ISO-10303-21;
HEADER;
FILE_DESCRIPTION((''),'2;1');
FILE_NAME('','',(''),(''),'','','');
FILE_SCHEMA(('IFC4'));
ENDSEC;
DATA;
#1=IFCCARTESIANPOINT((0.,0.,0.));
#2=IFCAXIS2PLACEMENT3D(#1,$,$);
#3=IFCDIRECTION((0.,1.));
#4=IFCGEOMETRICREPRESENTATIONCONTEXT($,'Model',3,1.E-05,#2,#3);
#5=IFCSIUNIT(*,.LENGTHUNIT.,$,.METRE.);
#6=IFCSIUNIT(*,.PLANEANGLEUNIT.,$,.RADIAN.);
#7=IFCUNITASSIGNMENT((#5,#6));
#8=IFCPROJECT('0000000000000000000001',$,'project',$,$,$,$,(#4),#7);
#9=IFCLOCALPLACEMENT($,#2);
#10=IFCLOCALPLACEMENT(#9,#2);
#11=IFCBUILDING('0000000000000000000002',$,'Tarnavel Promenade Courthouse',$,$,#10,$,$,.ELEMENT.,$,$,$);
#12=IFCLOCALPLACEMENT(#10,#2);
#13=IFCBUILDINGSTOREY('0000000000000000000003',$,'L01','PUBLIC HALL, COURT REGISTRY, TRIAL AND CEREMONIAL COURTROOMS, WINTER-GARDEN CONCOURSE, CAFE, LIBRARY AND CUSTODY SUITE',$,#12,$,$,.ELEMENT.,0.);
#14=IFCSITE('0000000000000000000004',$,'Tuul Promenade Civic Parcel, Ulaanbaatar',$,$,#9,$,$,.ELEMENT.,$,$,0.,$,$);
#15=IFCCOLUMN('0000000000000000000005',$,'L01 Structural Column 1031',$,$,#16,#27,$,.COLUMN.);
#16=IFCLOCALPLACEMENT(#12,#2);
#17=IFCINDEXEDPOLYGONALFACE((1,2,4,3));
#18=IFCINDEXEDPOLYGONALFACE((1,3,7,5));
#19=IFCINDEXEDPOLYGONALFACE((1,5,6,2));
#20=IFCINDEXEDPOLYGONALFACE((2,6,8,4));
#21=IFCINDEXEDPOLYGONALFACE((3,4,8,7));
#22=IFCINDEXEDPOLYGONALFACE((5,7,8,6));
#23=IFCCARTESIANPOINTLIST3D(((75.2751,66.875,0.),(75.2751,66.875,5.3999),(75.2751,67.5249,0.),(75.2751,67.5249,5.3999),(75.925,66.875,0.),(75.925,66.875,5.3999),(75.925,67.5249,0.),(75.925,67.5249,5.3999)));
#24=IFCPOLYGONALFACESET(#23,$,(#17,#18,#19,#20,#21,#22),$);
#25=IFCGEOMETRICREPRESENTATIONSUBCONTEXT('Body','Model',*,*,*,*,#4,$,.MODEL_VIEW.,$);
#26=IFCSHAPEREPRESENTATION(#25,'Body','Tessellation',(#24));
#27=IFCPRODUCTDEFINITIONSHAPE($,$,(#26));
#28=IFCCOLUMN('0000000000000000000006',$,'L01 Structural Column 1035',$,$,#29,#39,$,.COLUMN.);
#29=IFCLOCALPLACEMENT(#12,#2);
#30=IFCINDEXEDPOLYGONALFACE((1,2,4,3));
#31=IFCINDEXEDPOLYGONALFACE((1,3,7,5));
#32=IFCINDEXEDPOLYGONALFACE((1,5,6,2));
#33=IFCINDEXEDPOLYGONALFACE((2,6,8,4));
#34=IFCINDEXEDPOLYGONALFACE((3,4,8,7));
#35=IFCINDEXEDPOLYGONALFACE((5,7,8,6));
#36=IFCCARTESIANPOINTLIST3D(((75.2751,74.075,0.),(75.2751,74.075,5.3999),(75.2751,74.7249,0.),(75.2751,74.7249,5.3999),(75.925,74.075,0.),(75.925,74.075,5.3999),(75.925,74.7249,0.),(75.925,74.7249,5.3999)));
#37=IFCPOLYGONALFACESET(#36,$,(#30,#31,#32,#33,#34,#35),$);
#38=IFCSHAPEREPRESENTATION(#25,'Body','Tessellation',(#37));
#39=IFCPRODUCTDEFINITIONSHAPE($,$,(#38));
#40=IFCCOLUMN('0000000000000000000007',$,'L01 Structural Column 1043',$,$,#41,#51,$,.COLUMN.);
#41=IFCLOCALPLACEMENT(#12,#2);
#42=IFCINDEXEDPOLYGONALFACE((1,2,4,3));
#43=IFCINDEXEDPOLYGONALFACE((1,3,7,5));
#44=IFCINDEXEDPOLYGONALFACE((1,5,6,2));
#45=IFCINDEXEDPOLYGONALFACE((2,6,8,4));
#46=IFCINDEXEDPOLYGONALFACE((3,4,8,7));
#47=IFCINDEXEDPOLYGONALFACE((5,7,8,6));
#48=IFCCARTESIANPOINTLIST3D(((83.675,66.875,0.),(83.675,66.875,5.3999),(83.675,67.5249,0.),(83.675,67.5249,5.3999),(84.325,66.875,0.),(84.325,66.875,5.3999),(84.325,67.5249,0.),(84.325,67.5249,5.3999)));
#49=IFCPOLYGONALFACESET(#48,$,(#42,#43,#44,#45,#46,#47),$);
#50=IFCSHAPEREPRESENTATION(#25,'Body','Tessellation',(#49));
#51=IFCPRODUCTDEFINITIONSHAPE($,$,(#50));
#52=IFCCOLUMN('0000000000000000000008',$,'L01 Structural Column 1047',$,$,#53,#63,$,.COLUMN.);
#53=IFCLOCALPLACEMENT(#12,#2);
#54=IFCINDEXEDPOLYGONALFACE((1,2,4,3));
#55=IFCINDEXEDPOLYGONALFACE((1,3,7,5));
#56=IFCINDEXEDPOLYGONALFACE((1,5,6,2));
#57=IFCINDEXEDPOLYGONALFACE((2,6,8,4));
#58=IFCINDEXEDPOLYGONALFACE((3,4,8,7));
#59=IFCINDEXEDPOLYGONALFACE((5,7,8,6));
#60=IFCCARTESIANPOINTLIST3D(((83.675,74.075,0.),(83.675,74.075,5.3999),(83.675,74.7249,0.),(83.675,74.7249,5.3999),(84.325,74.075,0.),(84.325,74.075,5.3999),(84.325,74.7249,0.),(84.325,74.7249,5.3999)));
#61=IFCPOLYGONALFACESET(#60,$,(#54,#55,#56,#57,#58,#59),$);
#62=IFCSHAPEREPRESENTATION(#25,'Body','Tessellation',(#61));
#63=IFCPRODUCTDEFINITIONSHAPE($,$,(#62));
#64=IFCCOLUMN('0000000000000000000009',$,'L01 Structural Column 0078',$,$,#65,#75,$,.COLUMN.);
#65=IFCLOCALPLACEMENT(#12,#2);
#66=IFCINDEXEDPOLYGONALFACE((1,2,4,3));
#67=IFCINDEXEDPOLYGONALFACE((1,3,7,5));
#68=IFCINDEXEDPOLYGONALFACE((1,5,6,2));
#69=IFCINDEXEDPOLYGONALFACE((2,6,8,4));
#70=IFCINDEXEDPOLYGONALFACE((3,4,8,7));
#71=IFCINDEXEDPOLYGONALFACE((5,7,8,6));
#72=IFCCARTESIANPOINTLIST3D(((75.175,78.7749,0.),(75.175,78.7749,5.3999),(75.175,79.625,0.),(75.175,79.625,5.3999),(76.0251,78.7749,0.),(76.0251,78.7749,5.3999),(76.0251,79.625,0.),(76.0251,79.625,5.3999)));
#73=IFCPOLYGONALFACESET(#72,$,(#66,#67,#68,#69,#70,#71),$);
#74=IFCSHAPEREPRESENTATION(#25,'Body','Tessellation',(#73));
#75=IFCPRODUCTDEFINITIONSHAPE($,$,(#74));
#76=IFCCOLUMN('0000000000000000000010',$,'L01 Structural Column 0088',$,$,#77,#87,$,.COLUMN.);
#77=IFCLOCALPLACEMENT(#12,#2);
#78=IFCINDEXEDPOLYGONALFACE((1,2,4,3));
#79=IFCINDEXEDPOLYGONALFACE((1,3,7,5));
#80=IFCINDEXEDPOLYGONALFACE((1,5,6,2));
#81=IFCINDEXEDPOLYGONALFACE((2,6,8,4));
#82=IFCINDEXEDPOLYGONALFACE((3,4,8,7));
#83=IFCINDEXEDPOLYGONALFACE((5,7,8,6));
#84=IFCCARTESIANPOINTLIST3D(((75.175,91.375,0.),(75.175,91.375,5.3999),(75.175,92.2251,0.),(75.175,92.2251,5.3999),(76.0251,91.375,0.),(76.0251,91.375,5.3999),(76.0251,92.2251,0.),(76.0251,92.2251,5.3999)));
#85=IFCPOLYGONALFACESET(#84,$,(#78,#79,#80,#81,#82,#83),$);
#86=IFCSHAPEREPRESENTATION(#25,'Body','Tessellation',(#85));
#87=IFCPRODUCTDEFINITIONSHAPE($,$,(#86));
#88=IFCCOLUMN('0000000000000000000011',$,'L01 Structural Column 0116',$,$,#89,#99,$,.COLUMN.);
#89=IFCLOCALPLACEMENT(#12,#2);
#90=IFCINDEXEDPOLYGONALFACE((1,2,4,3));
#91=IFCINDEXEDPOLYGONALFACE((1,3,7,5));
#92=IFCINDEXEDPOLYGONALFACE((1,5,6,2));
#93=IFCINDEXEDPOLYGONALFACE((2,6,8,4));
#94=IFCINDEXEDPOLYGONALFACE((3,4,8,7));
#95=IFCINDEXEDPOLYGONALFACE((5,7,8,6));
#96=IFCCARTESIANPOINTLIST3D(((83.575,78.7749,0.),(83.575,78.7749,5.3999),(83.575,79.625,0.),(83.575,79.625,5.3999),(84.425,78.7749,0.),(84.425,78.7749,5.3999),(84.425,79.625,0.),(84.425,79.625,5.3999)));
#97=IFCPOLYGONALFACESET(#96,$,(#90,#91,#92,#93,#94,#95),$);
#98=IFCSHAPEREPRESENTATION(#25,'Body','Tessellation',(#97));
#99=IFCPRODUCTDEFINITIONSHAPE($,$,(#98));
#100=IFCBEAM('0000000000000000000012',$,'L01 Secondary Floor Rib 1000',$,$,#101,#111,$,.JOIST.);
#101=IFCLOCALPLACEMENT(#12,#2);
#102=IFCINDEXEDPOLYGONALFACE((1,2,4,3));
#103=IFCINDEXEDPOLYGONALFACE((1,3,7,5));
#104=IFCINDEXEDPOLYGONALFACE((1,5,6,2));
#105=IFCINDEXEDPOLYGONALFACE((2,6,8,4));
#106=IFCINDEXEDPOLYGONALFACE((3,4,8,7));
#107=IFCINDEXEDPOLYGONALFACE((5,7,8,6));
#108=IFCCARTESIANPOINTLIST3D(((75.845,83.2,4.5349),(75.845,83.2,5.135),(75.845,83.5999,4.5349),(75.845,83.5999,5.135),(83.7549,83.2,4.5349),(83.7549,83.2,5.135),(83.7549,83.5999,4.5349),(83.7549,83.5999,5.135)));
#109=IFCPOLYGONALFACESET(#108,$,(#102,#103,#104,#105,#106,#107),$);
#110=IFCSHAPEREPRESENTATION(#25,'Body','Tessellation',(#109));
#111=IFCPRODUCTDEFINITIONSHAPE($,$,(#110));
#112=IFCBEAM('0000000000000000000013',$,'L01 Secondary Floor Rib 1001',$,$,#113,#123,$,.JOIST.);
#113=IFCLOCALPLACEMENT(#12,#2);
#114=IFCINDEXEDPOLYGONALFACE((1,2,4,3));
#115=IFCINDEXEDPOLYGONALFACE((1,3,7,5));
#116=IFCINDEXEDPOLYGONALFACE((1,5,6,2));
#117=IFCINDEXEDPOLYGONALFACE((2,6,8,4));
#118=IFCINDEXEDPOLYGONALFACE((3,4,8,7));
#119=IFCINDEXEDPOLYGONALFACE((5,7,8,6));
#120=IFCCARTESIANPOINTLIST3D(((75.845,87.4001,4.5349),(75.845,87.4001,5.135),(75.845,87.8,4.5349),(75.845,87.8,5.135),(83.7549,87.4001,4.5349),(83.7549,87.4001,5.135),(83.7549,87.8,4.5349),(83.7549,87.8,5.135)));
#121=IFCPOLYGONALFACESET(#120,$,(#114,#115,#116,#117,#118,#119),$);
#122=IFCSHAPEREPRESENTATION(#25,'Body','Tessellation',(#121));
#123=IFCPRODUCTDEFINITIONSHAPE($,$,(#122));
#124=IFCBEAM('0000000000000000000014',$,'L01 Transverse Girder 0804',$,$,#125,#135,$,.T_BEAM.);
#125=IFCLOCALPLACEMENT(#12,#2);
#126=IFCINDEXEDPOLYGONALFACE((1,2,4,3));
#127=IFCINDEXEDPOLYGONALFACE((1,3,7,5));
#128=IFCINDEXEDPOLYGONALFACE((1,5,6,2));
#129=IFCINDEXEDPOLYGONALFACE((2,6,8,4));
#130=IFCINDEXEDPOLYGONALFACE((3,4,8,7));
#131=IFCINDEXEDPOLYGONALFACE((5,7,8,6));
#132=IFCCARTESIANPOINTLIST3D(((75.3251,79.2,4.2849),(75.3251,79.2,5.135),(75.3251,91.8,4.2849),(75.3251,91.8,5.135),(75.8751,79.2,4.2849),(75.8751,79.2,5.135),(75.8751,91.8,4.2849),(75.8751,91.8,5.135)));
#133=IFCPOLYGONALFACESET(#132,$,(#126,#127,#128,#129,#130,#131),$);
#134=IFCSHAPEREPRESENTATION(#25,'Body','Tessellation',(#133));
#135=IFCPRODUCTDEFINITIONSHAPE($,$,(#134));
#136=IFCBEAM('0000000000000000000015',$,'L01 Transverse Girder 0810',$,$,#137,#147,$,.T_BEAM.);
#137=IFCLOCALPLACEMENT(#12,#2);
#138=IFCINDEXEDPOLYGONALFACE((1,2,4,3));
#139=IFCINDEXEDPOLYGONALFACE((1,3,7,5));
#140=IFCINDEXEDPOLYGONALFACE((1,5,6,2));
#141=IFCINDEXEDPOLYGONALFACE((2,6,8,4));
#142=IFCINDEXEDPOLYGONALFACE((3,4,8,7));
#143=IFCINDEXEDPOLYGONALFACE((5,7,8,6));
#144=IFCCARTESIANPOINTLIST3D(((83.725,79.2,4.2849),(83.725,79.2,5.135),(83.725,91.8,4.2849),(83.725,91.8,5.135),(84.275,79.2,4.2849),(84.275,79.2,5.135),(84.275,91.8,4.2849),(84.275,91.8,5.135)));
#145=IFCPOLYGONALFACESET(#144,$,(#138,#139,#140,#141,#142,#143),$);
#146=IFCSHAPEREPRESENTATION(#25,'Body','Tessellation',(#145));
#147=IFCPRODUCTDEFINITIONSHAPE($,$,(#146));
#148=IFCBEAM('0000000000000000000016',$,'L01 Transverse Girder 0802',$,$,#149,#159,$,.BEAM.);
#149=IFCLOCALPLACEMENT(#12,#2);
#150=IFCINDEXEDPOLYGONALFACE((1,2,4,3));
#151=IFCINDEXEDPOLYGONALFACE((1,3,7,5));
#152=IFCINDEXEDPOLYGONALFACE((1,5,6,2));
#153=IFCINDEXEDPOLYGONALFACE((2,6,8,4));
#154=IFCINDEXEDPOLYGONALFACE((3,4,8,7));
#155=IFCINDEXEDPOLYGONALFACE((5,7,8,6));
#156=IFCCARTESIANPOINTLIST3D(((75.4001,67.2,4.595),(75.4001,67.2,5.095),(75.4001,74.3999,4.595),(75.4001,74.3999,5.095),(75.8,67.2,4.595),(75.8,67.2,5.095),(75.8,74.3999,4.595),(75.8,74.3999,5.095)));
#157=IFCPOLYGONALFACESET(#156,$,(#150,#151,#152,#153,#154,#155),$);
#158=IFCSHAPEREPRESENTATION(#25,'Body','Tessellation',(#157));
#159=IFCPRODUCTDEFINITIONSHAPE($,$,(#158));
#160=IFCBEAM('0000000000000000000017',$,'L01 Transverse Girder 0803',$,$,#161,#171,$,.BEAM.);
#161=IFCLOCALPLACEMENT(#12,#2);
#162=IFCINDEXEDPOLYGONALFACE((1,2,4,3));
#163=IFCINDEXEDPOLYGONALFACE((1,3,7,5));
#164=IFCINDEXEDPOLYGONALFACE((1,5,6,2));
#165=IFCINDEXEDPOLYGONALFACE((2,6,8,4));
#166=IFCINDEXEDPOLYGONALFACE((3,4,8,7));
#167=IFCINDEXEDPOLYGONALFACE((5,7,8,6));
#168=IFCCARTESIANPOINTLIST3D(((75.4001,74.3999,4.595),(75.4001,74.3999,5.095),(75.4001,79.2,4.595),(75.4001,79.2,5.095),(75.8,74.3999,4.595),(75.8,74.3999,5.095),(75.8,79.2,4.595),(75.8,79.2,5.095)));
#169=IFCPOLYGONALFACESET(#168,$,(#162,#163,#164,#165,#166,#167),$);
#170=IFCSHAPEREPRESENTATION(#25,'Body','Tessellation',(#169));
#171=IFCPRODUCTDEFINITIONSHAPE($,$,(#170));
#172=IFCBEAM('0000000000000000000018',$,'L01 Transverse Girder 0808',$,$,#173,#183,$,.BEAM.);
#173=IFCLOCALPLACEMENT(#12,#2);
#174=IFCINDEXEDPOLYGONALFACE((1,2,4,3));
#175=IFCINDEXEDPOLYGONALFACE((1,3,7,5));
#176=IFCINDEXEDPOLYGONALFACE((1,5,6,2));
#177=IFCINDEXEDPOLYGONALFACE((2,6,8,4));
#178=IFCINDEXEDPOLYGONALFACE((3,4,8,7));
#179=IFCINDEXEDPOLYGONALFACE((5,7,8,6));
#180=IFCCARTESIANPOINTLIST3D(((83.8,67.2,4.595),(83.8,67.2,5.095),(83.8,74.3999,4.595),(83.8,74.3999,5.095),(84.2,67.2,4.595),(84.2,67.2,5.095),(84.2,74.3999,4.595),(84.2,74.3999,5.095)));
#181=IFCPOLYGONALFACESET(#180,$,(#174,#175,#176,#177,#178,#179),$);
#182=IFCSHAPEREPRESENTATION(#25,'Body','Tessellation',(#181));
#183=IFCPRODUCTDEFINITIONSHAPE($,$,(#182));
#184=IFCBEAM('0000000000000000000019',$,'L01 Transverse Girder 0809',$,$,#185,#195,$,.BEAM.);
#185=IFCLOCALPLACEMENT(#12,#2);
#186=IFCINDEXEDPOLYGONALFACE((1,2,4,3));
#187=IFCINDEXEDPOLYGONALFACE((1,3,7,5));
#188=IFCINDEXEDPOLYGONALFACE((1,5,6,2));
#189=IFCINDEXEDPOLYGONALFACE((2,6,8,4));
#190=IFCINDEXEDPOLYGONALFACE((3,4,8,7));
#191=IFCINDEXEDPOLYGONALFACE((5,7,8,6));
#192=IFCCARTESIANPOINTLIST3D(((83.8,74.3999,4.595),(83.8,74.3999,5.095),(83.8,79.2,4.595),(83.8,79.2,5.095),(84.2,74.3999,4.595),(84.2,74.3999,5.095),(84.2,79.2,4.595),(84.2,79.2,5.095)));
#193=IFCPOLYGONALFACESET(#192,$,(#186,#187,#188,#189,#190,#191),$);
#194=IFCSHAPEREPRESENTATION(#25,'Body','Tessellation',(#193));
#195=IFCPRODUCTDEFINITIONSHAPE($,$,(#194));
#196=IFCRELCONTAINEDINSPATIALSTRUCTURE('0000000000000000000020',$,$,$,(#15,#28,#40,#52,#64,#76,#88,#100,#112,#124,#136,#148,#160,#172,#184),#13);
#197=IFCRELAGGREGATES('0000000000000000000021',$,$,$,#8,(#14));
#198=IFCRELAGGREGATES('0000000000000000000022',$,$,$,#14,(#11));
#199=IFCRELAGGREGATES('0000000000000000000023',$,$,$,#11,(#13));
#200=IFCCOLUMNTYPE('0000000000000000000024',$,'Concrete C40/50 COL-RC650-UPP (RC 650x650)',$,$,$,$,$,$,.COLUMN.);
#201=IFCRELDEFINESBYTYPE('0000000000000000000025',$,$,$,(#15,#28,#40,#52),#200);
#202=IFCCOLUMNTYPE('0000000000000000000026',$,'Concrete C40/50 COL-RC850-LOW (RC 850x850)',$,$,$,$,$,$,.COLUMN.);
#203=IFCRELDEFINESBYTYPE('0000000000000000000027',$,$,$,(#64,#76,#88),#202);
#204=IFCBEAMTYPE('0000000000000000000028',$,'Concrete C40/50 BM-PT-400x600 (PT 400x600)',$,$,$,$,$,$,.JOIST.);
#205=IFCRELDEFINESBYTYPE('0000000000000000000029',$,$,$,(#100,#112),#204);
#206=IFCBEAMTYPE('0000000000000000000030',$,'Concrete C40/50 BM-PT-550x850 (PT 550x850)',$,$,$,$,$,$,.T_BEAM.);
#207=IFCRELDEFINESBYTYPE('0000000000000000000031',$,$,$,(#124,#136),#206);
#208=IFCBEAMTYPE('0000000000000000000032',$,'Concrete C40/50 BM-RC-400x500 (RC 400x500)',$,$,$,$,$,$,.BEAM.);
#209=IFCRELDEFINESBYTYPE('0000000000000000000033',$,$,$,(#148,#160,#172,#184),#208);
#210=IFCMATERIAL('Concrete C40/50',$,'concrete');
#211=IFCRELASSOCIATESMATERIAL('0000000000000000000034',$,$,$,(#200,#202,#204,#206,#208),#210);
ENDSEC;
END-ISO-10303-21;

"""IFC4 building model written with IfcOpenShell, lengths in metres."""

from ifc_helpers import new_model, si_unit, direction, frame, origin, origin_2d, place, context, subcontext, project, spatial, rectangle, extrude, material, material_profile, profile_set, type_object, element, save


model = new_model("IFC4")

# Units and contexts
model_context = context("Model", 3, precision=1e-05, world=origin(), true_north=direction((0.0, 1.0)))
body_context = subcontext(model_context, "Body", "Model", "MODEL_VIEW")
ifc_project = project(units=[si_unit("LENGTHUNIT", "METRE"), si_unit("PLANEANGLEUNIT", "RADIAN")], contexts=[model_context])

# Site, building, storey
site_placement = place(None, origin())
site = spatial("IfcSite", under=ifc_project, at=site_placement, Name="Tuul Promenade Civic Parcel, Ulaanbaatar", CompositionType="ELEMENT", RefElevation=0.0)
building_placement = place(site_placement, origin())
building = spatial("IfcBuilding", under=site, at=building_placement, Name="Tarnavel Promenade Courthouse", CompositionType="ELEMENT")
storey_placement = place(building_placement, origin())
storey = spatial("IfcBuildingStorey", under=building, at=storey_placement, Name="L01", Description="PUBLIC HALL, COURT REGISTRY, TRIAL AND CEREMONIAL COURTROOMS, WINTER-GARDEN CONCOURSE, CAFE, LIBRARY AND CUSTODY SUITE", CompositionType="ELEMENT", Elevation=0.0)

# Columns
ifc_material_1 = material(Name="Concrete C40/50", Category="concrete")
ifc_material_profile_1 = material_profile(ifc_material_1, rectangle(XDim=0.6499, YDim=0.6499, at=origin_2d()), Name="RC 650x650")
ifc_profile_set_1 = profile_set([ifc_material_profile_1], Name="Concrete C40/50")
column_type_1 = type_object("IfcColumnType", Name="Concrete C40/50 COL-RC650-UPP (RC 650x650)", PredefinedType="COLUMN", material=ifc_profile_set_1)
for number, where, z_axis, x_axis, name in (
    (1, (75.6001, 67.2, 0.0), (0.0, 0.0, 1.0), (1.0, 0.0, 0.0), "L01 Structural Column 1031"),
    (2, (75.6001, 74.3999, 0.0), (0.0, 0.0, 1.0), (1.0, 0.0, 0.0), "L01 Structural Column 1035"),
    (3, (84.0, 67.2, 0.0), (0.0, 0.0, 1.0), (1.0, 0.0, 0.0), "L01 Structural Column 1043"),
    (4, (84.0, 74.3999, 0.0), (0.0, 0.0, 1.0), (1.0, 0.0, 0.0), "L01 Structural Column 1047"),
):
    element("IfcColumn", number, at=place(storey_placement, frame(where, z_axis=z_axis, x_axis=x_axis)), inside=storey, type_object=column_type_1, Name=name, PredefinedType="COLUMN", context=body_context, shape_type="SweptSolid", body=[
        extrude(rectangle(XDim=0.6499, YDim=0.6499, at=origin_2d()), origin(), (0.0, 0.0, 1.0), 5.3999),
    ])
ifc_material_profile_2 = material_profile(ifc_material_1, rectangle(XDim=0.8501, YDim=0.8501, at=origin_2d()), Name="RC 850x850")
ifc_profile_set_2 = profile_set([ifc_material_profile_2], Name="Concrete C40/50")
column_type_2 = type_object("IfcColumnType", Name="Concrete C40/50 COL-RC850-LOW (RC 850x850)", PredefinedType="COLUMN", material=ifc_profile_set_2)
for number, where, z_axis, x_axis, name in (
    (5, (75.6001, 79.2, 0.0), (0.0, 0.0, 1.0), (1.0, 0.0, 0.0), "L01 Structural Column 0078"),
    (6, (75.6001, 91.8, 0.0), (0.0, 0.0, 1.0), (1.0, 0.0, 0.0), "L01 Structural Column 0088"),
    (7, (84.0, 79.2, 0.0), (0.0, 0.0, 1.0), (1.0, 0.0, 0.0), "L01 Structural Column 0116"),
):
    element("IfcColumn", number, at=place(storey_placement, frame(where, z_axis=z_axis, x_axis=x_axis)), inside=storey, type_object=column_type_2, Name=name, PredefinedType="COLUMN", context=body_context, shape_type="SweptSolid", body=[
        extrude(rectangle(XDim=0.8501, YDim=0.8501, at=origin_2d()), origin(), (0.0, 0.0, 1.0), 5.3999),
    ])

# Beams
ifc_material_profile_3 = material_profile(ifc_material_1, rectangle(XDim=0.3999, YDim=0.6001, at=origin_2d()), Name="PT 400x600")
ifc_profile_set_3 = profile_set([ifc_material_profile_3], Name="Concrete C40/50")
beam_type_1 = type_object("IfcBeamType", Name="Concrete C40/50 BM-PT-400x600 (PT 400x600)", PredefinedType="JOIST", material=ifc_profile_set_3)
for number, where, z_axis, x_axis, name in (
    (8, (75.845, 83.3999, 4.835), (1.0, 0.0, 0.0), (0.0, 1.0, 0.0), "L01 Secondary Floor Rib 1000"),
    (9, (75.845, 87.6001, 4.835), (1.0, 0.0, 0.0), (0.0, 1.0, 0.0), "L01 Secondary Floor Rib 1001"),
):
    element("IfcBeam", number, at=place(storey_placement, frame(where, z_axis=z_axis, x_axis=x_axis)), inside=storey, type_object=beam_type_1, Name=name, PredefinedType="JOIST", context=body_context, shape_type="SweptSolid", body=[
        extrude(rectangle(XDim=0.3999, YDim=0.6001, at=origin_2d()), origin(), (0.0, 0.0, 1.0), 7.9099),
    ])
ifc_material_profile_4 = material_profile(ifc_material_1, rectangle(XDim=0.55, YDim=0.8501, at=origin_2d()), Name="PT 550x850")
ifc_profile_set_4 = profile_set([ifc_material_profile_4], Name="Concrete C40/50")
beam_type_2 = type_object("IfcBeamType", Name="Concrete C40/50 BM-PT-550x850 (PT 550x850)", PredefinedType="T_BEAM", material=ifc_profile_set_4)
for number, where, z_axis, x_axis, name in (
    (10, (75.6001, 79.2, 4.71), (0.0, 1.0, 0.0), (-1.0, 0.0, 0.0), "L01 Transverse Girder 0804"),
    (11, (84.0, 79.2, 4.71), (0.0, 1.0, 0.0), (-1.0, 0.0, 0.0), "L01 Transverse Girder 0810"),
):
    element("IfcBeam", number, at=place(storey_placement, frame(where, z_axis=z_axis, x_axis=x_axis)), inside=storey, type_object=beam_type_2, Name=name, PredefinedType="T_BEAM", context=body_context, shape_type="SweptSolid", body=[
        extrude(rectangle(XDim=0.55, YDim=0.8501, at=origin_2d()), origin(), (0.0, 0.0, 1.0), 12.6001),
    ])
ifc_material_profile_5 = material_profile(ifc_material_1, rectangle(XDim=0.3999, YDim=0.5, at=origin_2d()), Name="RC 400x500")
ifc_profile_set_5 = profile_set([ifc_material_profile_5], Name="Concrete C40/50")
beam_type_3 = type_object("IfcBeamType", Name="Concrete C40/50 BM-RC-400x500 (RC 400x500)", PredefinedType="BEAM", material=ifc_profile_set_5)
beam_1_placement = place(storey_placement, frame((75.6001, 67.2, 4.845), z_axis=(0.0, 1.0, 0.0), x_axis=(-1.0, 0.0, 0.0)))
element("IfcBeam", 12, at=beam_1_placement, inside=storey, type_object=beam_type_3, Name="L01 Transverse Girder 0802", PredefinedType="BEAM", context=body_context, shape_type="SweptSolid", body=[
    extrude(rectangle(XDim=0.3999, YDim=0.5, at=origin_2d()), origin(), (0.0, 0.0, 1.0), 7.2),
])
beam_2_placement = place(storey_placement, frame((75.6001, 74.3999, 4.845), z_axis=(0.0, 1.0, 0.0), x_axis=(-1.0, 0.0, 0.0)))
element("IfcBeam", 13, at=beam_2_placement, inside=storey, type_object=beam_type_3, Name="L01 Transverse Girder 0803", PredefinedType="BEAM", context=body_context, shape_type="SweptSolid", body=[
    extrude(rectangle(XDim=0.3999, YDim=0.5, at=origin_2d()), origin(), (0.0, 0.0, 1.0), 4.8),
])
beam_3_placement = place(storey_placement, frame((84.0, 67.2, 4.845), z_axis=(0.0, 1.0, 0.0), x_axis=(-1.0, 0.0, 0.0)))
element("IfcBeam", 14, at=beam_3_placement, inside=storey, type_object=beam_type_3, Name="L01 Transverse Girder 0808", PredefinedType="BEAM", context=body_context, shape_type="SweptSolid", body=[
    extrude(rectangle(XDim=0.3999, YDim=0.5, at=origin_2d()), origin(), (0.0, 0.0, 1.0), 7.2),
])
beam_4_placement = place(storey_placement, frame((84.0, 74.3999, 4.845), z_axis=(0.0, 1.0, 0.0), x_axis=(-1.0, 0.0, 0.0)))
element("IfcBeam", 15, at=beam_4_placement, inside=storey, type_object=beam_type_3, Name="L01 Transverse Girder 0809", PredefinedType="BEAM", context=body_context, shape_type="SweptSolid", body=[
    extrude(rectangle(XDim=0.3999, YDim=0.5, at=origin_2d()), origin(), (0.0, 0.0, 1.0), 4.8),
])

save(model, "model.ifc")
